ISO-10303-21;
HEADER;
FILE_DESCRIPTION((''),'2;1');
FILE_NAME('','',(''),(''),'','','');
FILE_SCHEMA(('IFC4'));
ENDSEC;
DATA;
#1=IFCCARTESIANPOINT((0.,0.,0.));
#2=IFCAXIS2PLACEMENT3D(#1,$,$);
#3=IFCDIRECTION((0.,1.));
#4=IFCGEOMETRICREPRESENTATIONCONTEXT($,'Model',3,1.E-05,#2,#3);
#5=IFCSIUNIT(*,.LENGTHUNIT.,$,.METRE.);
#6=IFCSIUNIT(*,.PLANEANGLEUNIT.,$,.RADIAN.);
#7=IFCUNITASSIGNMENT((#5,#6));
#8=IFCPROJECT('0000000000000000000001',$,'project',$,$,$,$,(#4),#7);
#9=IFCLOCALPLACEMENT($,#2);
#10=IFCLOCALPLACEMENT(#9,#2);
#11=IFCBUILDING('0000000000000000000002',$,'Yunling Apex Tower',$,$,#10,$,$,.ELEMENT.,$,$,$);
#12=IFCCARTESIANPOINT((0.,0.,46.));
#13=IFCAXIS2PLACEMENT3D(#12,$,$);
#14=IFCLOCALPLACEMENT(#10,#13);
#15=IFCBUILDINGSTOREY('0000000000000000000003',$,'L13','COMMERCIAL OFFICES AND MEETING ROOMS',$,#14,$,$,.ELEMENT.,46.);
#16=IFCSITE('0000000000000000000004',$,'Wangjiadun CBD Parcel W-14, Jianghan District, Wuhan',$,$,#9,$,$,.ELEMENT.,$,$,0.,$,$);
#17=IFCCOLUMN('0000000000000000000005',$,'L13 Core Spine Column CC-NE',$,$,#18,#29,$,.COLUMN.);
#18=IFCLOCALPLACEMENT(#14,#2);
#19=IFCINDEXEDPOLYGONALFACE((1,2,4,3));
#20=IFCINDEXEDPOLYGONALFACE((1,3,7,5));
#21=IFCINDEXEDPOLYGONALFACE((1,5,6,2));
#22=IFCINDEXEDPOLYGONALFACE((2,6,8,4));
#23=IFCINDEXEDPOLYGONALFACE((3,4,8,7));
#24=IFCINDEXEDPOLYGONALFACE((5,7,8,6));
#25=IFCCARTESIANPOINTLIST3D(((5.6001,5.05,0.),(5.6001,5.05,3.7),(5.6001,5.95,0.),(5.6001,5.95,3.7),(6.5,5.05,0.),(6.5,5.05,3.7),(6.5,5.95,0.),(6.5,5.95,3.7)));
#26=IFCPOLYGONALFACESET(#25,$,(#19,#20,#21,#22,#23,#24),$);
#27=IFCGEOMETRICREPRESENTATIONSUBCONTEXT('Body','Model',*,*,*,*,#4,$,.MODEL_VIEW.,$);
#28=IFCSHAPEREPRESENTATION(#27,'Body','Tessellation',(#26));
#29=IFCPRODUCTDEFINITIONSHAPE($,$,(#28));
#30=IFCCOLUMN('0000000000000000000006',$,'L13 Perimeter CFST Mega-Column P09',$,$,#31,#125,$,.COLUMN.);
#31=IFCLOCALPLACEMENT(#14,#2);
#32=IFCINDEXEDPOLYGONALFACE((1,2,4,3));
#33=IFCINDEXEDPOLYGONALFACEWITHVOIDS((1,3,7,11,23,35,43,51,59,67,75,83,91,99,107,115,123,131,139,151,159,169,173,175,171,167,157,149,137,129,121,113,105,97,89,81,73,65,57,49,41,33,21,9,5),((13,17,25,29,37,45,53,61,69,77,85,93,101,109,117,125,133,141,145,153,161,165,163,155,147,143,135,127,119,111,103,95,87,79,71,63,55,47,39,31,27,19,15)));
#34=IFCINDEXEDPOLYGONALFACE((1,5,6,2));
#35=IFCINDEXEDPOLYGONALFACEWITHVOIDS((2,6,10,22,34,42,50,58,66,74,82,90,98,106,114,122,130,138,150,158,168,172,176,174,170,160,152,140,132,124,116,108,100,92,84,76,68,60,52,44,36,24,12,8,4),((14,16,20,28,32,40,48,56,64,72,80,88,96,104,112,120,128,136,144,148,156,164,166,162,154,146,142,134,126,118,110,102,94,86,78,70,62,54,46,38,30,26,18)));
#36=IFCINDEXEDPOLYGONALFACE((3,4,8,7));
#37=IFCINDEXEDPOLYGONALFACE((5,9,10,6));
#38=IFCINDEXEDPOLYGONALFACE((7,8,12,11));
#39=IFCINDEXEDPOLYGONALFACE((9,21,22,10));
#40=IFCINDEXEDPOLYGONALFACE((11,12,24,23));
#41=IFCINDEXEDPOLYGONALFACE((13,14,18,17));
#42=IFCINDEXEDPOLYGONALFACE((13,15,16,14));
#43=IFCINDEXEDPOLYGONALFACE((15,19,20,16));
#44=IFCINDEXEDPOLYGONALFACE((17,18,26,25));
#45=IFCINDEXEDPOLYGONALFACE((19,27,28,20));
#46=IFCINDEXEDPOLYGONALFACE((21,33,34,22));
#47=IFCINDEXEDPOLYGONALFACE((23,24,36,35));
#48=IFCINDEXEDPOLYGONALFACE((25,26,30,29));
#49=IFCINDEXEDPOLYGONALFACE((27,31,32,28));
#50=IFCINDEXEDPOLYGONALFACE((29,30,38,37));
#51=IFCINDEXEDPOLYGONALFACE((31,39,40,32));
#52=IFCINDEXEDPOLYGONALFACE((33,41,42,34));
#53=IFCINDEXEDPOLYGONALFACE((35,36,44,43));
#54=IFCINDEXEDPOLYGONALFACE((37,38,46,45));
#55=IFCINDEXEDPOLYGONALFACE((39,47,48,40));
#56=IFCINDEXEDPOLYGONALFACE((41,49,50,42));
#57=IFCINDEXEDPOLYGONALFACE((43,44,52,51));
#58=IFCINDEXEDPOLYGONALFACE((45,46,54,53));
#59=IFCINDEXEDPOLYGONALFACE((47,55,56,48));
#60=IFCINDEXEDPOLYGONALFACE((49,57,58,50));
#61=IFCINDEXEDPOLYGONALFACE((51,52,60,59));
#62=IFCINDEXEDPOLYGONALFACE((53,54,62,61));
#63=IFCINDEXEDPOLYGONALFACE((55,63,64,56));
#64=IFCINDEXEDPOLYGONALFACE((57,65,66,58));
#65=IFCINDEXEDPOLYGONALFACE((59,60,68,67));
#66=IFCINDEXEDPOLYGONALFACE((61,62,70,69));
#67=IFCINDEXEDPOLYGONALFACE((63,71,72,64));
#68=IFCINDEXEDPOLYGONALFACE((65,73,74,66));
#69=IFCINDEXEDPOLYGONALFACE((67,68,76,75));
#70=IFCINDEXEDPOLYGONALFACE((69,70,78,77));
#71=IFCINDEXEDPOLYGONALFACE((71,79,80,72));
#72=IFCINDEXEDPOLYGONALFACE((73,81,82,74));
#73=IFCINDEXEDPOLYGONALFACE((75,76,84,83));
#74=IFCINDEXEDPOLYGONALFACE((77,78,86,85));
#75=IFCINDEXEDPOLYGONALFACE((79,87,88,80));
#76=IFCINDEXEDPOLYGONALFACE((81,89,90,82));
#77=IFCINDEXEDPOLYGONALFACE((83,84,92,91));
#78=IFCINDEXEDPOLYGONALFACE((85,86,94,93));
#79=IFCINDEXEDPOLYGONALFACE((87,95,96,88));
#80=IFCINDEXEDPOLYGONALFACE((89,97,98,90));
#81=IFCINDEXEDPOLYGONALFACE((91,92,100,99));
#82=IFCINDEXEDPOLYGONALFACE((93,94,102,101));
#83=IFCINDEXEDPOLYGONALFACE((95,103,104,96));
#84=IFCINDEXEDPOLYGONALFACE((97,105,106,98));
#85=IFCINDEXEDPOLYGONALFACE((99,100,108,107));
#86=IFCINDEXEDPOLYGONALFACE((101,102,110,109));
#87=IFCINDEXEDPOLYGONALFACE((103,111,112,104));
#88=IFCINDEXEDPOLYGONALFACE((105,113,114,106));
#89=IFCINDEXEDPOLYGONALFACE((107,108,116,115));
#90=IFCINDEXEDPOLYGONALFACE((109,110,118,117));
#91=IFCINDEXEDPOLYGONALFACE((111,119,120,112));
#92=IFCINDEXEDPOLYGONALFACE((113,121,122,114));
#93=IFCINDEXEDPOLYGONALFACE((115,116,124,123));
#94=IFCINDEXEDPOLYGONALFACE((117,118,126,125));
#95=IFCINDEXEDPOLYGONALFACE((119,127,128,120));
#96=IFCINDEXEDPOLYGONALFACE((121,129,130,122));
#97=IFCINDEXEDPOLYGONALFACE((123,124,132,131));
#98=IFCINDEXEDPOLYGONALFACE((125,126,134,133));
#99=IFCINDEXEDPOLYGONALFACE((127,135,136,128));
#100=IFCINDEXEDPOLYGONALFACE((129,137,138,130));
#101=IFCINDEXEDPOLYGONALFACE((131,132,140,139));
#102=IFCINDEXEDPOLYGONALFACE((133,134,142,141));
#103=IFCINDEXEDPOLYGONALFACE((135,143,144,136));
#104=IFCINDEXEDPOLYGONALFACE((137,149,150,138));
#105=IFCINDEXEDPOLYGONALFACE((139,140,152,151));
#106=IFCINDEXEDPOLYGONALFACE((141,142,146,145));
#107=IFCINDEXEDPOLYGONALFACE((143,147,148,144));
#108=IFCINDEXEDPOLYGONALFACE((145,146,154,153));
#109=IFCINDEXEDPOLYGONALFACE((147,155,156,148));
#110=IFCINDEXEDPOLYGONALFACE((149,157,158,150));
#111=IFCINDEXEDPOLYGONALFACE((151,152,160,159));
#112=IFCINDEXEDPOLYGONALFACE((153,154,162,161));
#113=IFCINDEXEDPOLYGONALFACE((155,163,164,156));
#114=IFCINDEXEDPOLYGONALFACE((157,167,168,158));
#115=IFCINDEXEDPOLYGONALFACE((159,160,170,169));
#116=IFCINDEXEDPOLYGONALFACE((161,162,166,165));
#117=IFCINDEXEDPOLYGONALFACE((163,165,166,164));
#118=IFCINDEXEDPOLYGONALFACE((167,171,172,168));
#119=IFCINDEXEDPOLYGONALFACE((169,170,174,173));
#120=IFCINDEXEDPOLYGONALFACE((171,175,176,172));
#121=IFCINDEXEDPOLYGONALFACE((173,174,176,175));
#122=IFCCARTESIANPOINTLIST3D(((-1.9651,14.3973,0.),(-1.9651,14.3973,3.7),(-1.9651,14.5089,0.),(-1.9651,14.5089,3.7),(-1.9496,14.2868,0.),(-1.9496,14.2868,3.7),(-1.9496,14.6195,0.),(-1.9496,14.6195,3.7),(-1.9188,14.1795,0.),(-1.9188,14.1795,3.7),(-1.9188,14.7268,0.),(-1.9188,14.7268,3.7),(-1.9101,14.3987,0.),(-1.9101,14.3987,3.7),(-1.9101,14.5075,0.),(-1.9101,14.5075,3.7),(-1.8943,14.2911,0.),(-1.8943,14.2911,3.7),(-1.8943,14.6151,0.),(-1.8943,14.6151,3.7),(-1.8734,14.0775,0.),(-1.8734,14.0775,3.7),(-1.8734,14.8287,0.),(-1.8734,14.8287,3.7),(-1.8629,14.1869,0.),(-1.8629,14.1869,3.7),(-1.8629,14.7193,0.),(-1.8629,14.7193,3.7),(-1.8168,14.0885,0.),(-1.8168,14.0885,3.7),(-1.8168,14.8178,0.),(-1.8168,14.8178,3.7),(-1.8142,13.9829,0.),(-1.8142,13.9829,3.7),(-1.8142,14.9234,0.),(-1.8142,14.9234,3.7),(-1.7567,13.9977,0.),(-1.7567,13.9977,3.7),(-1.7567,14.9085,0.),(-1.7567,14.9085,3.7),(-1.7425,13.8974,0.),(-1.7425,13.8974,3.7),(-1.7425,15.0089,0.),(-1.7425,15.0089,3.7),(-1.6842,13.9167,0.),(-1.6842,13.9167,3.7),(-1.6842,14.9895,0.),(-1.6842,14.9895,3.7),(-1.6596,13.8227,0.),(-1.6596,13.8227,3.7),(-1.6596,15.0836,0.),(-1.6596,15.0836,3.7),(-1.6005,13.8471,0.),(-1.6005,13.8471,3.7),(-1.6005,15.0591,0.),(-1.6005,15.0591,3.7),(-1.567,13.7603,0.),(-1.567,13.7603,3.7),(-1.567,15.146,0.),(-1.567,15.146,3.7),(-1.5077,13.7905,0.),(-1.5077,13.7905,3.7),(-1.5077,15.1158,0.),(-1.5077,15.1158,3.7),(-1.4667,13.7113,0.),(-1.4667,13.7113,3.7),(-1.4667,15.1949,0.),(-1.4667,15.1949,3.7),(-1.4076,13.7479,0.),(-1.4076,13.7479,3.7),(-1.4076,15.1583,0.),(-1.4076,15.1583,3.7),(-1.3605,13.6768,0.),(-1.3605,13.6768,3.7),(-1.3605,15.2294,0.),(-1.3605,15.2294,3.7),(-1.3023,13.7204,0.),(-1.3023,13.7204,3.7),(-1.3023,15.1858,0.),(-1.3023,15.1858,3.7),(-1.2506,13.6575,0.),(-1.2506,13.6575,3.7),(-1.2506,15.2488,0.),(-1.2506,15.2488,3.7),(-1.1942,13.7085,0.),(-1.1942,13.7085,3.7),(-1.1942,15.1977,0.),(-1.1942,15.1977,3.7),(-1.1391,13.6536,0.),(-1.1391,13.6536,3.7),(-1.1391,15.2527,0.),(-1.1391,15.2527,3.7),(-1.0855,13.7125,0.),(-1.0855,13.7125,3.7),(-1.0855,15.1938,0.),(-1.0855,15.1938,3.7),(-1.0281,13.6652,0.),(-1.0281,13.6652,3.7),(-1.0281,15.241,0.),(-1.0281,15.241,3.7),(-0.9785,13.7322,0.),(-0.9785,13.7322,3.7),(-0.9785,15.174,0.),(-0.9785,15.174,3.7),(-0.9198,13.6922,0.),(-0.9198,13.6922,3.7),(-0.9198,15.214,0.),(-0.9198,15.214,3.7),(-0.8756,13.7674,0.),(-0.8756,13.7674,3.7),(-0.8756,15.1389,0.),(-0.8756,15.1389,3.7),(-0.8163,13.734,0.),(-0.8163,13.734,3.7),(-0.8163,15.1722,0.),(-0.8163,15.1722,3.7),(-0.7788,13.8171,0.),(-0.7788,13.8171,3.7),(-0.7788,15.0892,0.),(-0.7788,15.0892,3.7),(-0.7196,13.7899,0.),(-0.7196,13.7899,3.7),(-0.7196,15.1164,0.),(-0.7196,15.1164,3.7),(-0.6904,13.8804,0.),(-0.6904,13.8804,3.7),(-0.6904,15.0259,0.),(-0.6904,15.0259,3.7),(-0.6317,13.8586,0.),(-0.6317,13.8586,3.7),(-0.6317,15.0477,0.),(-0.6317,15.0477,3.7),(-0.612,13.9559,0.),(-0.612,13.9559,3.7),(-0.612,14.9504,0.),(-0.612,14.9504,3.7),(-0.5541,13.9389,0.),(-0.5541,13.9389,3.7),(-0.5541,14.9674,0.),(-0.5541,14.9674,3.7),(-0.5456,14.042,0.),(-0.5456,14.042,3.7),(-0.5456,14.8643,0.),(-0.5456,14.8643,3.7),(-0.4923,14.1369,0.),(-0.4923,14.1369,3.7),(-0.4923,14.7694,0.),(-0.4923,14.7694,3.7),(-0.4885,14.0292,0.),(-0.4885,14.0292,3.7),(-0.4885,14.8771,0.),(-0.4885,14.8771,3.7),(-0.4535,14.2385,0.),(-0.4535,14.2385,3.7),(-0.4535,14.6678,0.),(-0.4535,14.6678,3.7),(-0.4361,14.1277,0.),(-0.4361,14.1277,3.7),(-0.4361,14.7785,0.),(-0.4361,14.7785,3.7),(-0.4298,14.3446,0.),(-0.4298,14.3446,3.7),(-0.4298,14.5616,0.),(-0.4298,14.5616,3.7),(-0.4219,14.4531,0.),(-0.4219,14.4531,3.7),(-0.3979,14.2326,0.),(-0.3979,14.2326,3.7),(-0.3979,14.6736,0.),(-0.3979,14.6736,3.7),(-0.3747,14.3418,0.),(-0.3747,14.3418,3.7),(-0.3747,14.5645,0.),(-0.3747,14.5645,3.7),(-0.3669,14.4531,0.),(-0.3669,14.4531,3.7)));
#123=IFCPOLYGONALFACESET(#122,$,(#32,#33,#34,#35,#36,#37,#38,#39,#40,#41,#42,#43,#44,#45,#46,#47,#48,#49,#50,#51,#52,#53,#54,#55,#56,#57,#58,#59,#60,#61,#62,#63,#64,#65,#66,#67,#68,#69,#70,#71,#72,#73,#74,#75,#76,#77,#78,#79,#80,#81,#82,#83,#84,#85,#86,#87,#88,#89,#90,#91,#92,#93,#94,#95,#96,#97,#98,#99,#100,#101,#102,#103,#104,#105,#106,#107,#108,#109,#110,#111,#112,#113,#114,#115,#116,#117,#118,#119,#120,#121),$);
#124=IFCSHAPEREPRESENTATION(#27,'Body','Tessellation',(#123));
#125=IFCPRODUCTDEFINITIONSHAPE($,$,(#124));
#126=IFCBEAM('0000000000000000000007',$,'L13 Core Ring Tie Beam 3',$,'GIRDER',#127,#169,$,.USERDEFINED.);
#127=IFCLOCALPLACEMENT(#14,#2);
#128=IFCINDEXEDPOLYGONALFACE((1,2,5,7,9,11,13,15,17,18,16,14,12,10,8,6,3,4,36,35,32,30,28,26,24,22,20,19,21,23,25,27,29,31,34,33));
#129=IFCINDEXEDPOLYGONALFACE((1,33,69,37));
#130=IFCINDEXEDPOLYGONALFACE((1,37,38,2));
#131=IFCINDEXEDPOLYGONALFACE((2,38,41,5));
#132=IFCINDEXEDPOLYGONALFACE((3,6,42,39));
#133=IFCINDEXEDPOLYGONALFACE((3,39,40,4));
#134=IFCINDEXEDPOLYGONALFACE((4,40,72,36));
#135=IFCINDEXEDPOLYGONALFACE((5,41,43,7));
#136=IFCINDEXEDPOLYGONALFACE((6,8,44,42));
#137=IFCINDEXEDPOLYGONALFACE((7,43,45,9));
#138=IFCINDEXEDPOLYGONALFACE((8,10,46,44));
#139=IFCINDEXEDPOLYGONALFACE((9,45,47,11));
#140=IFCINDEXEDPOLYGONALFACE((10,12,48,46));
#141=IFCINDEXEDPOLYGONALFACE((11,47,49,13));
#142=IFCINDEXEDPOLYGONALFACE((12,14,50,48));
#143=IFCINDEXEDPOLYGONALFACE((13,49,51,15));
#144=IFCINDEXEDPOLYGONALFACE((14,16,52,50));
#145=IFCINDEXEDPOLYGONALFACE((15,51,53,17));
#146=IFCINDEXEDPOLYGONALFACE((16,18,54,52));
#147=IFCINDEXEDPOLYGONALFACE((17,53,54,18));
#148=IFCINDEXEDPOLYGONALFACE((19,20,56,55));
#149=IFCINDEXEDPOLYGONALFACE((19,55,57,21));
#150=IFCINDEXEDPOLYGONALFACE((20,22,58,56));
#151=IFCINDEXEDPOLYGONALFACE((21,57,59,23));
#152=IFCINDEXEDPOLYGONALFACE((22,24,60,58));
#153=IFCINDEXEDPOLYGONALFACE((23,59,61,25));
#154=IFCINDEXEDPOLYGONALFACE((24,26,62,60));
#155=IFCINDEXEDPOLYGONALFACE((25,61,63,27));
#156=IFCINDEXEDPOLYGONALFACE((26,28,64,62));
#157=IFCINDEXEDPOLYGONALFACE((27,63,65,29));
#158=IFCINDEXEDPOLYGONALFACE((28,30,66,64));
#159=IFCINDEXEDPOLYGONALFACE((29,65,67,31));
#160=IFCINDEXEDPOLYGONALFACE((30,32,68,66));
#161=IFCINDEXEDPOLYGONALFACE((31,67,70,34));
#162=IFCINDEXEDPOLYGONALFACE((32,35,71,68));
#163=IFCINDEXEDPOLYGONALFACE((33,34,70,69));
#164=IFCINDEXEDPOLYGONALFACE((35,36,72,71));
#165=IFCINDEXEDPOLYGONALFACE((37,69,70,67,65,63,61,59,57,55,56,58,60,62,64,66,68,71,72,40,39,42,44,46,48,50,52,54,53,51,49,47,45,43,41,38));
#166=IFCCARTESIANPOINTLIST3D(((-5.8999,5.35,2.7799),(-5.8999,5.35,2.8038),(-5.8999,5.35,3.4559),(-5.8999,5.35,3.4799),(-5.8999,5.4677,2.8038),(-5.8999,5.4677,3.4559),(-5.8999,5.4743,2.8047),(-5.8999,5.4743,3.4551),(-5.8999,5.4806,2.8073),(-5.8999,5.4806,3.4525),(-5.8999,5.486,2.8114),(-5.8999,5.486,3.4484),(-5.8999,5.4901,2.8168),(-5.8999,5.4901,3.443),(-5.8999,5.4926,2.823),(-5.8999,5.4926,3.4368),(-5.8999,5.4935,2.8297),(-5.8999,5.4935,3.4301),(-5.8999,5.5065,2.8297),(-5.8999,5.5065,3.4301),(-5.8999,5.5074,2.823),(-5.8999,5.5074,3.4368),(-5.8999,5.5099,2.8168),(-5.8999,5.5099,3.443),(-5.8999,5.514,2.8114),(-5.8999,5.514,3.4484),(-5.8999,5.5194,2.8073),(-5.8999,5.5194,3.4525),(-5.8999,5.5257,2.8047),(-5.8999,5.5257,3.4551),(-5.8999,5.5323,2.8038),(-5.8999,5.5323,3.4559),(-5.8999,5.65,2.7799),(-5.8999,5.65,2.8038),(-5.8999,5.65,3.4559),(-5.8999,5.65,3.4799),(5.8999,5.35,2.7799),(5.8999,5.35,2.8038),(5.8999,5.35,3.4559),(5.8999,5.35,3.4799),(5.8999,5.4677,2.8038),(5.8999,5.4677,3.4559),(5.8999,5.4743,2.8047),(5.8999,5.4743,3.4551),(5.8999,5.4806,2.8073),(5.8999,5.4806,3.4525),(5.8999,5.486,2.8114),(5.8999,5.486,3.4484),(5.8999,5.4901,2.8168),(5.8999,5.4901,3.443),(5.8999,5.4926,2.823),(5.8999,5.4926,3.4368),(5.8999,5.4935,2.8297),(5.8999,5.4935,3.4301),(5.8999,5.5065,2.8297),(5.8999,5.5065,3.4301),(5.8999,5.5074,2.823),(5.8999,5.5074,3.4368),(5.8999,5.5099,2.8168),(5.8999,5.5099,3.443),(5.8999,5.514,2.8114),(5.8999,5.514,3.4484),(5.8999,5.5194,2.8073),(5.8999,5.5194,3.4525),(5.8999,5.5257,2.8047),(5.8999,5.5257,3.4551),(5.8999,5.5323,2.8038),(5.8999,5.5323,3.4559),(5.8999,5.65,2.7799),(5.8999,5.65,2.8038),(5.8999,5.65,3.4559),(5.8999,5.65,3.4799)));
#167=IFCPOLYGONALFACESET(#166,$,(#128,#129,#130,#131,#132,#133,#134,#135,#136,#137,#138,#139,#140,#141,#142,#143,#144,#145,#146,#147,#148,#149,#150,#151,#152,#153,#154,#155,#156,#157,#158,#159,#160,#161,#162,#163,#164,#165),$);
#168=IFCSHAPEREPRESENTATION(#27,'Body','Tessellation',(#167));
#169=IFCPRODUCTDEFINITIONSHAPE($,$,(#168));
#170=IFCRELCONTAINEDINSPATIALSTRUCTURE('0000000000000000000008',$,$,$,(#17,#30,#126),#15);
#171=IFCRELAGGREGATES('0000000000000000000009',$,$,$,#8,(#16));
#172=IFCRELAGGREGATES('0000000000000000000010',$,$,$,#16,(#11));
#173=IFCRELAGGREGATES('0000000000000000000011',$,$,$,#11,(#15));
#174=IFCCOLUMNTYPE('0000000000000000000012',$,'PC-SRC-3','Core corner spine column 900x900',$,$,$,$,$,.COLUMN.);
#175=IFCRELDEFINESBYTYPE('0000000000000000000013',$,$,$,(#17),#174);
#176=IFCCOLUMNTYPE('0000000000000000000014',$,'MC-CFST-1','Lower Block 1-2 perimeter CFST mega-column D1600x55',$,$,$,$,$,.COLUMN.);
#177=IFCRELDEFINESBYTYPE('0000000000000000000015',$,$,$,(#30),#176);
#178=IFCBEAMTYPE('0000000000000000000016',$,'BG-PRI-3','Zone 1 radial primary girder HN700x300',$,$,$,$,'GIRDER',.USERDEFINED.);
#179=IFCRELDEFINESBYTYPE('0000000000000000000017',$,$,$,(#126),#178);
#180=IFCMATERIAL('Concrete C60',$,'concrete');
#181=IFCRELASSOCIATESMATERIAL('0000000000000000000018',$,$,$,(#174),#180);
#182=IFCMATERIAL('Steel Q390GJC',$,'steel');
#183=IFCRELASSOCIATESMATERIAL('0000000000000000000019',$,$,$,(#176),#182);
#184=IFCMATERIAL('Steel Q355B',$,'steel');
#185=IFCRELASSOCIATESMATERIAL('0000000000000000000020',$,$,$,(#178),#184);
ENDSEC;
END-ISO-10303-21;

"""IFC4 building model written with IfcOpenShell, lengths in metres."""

from ifc_helpers import new_model, si_unit, direction, frame, origin, origin_2d, place, context, subcontext, project, spatial, rectangle, hollow_circle, i_section, extrude, source, transform, mapped, material, material_profile, profile_set, type_object, element, save


model = new_model("IFC4")

# Units and contexts
model_context = context("Model", 3, precision=1e-05, world=origin(), true_north=direction((0.0, 1.0)))
body_context = subcontext(model_context, "Body", "Model", "MODEL_VIEW")
ifc_project = project(units=[si_unit("LENGTHUNIT", "METRE"), si_unit("PLANEANGLEUNIT", "RADIAN")], contexts=[model_context])

# Site, building, storey
site_placement = place(None, origin())
site = spatial("IfcSite", under=ifc_project, at=site_placement, Name="Wangjiadun CBD Parcel W-14, Jianghan District, Wuhan", CompositionType="ELEMENT", RefElevation=0.0)
building_placement = place(site_placement, origin())
building = spatial("IfcBuilding", under=site, at=building_placement, Name="Yunling Apex Tower", CompositionType="ELEMENT")
storey_placement = place(building_placement, frame((0.0, 0.0, 46.0)))
storey = spatial("IfcBuildingStorey", under=building, at=storey_placement, Name="L13", Description="COMMERCIAL OFFICES AND MEETING ROOMS", CompositionType="ELEMENT", Elevation=46.0)

# Columns
ifc_material_1 = material(Name="Concrete C60", Category="concrete")
ifc_material_profile_1 = material_profile(ifc_material_1, rectangle(XDim=0.8999, YDim=0.8999, at=origin_2d()))
ifc_profile_set_1 = profile_set([ifc_material_profile_1], Name="Concrete C60")
column_type_1 = type_object("IfcColumnType", Name="PC-SRC-3", Description="Core corner spine column 900x900", PredefinedType="COLUMN", material=ifc_profile_set_1)
shared_shape_1 = source(origin(), body_context, "Body", "SweptSolid", [
    extrude(rectangle(XDim=0.8999, YDim=0.8999, at=origin_2d()), origin(), (0.0, 0.0, 1.0), 3.7),
])
column_1_placement = place(storey_placement, frame((6.05, 5.5, 0.0), z_axis=(0.0, 0.0, 1.0), x_axis=(1.0, 0.0, 0.0)))
element("IfcColumn", 1, at=column_1_placement, inside=storey, type_object=column_type_1, Name="L13 Core Spine Column CC-NE", PredefinedType="COLUMN", context=body_context, shape_type="MappedRepresentation", body=[
    mapped(shared_shape_1, transform((0.0, 0.0, 0.0), scale=1.0)),
])
ifc_material_2 = material(Name="Steel Q390GJC", Category="steel")
ifc_material_profile_2 = material_profile(ifc_material_2, hollow_circle(Radius=0.8, WallThickness=0.0549, at=origin_2d()))
ifc_profile_set_2 = profile_set([ifc_material_profile_2], Name="Steel Q390GJC")
column_type_2 = type_object("IfcColumnType", Name="MC-CFST-1", Description="Lower Block 1-2 perimeter CFST mega-column D1600x55", PredefinedType="COLUMN", material=ifc_profile_set_2)
shared_shape_2 = source(origin(), body_context, "Body", "SweptSolid", [
    extrude(hollow_circle(Radius=0.8, WallThickness=0.0549, at=origin_2d()), origin(), (0.0, 0.0, 1.0), 3.7),
])
column_2_placement = place(storey_placement, frame((-1.167, 14.4531, 0.0), z_axis=(0.0, 0.0, 1.0), x_axis=(1.0, 0.0, 0.0)))
element("IfcColumn", 2, at=column_2_placement, inside=storey, type_object=column_type_2, Name="L13 Perimeter CFST Mega-Column P09", PredefinedType="COLUMN", context=body_context, shape_type="MappedRepresentation", body=[
    mapped(shared_shape_2, transform((0.0, 0.0, 0.0), scale=1.0)),
])

# Beam
ifc_material_3 = material(Name="Steel Q355B", Category="steel")
ifc_material_profile_3 = material_profile(ifc_material_3, i_section(OverallWidth=0.3, OverallDepth=0.7, WebThickness=0.0129, FlangeThickness=0.0239, FilletRadius=0.0259, at=origin_2d()))
ifc_profile_set_3 = profile_set([ifc_material_profile_3], Name="Steel Q355B")
beam_type_1 = type_object("IfcBeamType", Name="BG-PRI-3", Description="Zone 1 radial primary girder HN700x300", ElementType="GIRDER", PredefinedType="USERDEFINED", material=ifc_profile_set_3)
shared_shape_3 = source(origin(), body_context, "Body", "SweptSolid", [
    extrude(i_section(OverallWidth=0.3, OverallDepth=0.7, WebThickness=0.0129, FlangeThickness=0.0239, FilletRadius=0.0259, at=origin_2d()), origin(), (0.0, 0.0, 1.0), 11.7998),
])
beam_1_placement = place(storey_placement, frame((5.8999, 5.5, 3.1299), z_axis=(-1.0, 0.0, 0.0), x_axis=(0.0, -1.0, 0.0)))
element("IfcBeam", 3, at=beam_1_placement, inside=storey, type_object=beam_type_1, Name="L13 Core Ring Tie Beam 3", ObjectType="GIRDER", PredefinedType="USERDEFINED", context=body_context, shape_type="MappedRepresentation", body=[
    mapped(shared_shape_3, transform((0.0, 0.0, 0.0), scale=1.0)),
])

save(model, "model.ifc")
